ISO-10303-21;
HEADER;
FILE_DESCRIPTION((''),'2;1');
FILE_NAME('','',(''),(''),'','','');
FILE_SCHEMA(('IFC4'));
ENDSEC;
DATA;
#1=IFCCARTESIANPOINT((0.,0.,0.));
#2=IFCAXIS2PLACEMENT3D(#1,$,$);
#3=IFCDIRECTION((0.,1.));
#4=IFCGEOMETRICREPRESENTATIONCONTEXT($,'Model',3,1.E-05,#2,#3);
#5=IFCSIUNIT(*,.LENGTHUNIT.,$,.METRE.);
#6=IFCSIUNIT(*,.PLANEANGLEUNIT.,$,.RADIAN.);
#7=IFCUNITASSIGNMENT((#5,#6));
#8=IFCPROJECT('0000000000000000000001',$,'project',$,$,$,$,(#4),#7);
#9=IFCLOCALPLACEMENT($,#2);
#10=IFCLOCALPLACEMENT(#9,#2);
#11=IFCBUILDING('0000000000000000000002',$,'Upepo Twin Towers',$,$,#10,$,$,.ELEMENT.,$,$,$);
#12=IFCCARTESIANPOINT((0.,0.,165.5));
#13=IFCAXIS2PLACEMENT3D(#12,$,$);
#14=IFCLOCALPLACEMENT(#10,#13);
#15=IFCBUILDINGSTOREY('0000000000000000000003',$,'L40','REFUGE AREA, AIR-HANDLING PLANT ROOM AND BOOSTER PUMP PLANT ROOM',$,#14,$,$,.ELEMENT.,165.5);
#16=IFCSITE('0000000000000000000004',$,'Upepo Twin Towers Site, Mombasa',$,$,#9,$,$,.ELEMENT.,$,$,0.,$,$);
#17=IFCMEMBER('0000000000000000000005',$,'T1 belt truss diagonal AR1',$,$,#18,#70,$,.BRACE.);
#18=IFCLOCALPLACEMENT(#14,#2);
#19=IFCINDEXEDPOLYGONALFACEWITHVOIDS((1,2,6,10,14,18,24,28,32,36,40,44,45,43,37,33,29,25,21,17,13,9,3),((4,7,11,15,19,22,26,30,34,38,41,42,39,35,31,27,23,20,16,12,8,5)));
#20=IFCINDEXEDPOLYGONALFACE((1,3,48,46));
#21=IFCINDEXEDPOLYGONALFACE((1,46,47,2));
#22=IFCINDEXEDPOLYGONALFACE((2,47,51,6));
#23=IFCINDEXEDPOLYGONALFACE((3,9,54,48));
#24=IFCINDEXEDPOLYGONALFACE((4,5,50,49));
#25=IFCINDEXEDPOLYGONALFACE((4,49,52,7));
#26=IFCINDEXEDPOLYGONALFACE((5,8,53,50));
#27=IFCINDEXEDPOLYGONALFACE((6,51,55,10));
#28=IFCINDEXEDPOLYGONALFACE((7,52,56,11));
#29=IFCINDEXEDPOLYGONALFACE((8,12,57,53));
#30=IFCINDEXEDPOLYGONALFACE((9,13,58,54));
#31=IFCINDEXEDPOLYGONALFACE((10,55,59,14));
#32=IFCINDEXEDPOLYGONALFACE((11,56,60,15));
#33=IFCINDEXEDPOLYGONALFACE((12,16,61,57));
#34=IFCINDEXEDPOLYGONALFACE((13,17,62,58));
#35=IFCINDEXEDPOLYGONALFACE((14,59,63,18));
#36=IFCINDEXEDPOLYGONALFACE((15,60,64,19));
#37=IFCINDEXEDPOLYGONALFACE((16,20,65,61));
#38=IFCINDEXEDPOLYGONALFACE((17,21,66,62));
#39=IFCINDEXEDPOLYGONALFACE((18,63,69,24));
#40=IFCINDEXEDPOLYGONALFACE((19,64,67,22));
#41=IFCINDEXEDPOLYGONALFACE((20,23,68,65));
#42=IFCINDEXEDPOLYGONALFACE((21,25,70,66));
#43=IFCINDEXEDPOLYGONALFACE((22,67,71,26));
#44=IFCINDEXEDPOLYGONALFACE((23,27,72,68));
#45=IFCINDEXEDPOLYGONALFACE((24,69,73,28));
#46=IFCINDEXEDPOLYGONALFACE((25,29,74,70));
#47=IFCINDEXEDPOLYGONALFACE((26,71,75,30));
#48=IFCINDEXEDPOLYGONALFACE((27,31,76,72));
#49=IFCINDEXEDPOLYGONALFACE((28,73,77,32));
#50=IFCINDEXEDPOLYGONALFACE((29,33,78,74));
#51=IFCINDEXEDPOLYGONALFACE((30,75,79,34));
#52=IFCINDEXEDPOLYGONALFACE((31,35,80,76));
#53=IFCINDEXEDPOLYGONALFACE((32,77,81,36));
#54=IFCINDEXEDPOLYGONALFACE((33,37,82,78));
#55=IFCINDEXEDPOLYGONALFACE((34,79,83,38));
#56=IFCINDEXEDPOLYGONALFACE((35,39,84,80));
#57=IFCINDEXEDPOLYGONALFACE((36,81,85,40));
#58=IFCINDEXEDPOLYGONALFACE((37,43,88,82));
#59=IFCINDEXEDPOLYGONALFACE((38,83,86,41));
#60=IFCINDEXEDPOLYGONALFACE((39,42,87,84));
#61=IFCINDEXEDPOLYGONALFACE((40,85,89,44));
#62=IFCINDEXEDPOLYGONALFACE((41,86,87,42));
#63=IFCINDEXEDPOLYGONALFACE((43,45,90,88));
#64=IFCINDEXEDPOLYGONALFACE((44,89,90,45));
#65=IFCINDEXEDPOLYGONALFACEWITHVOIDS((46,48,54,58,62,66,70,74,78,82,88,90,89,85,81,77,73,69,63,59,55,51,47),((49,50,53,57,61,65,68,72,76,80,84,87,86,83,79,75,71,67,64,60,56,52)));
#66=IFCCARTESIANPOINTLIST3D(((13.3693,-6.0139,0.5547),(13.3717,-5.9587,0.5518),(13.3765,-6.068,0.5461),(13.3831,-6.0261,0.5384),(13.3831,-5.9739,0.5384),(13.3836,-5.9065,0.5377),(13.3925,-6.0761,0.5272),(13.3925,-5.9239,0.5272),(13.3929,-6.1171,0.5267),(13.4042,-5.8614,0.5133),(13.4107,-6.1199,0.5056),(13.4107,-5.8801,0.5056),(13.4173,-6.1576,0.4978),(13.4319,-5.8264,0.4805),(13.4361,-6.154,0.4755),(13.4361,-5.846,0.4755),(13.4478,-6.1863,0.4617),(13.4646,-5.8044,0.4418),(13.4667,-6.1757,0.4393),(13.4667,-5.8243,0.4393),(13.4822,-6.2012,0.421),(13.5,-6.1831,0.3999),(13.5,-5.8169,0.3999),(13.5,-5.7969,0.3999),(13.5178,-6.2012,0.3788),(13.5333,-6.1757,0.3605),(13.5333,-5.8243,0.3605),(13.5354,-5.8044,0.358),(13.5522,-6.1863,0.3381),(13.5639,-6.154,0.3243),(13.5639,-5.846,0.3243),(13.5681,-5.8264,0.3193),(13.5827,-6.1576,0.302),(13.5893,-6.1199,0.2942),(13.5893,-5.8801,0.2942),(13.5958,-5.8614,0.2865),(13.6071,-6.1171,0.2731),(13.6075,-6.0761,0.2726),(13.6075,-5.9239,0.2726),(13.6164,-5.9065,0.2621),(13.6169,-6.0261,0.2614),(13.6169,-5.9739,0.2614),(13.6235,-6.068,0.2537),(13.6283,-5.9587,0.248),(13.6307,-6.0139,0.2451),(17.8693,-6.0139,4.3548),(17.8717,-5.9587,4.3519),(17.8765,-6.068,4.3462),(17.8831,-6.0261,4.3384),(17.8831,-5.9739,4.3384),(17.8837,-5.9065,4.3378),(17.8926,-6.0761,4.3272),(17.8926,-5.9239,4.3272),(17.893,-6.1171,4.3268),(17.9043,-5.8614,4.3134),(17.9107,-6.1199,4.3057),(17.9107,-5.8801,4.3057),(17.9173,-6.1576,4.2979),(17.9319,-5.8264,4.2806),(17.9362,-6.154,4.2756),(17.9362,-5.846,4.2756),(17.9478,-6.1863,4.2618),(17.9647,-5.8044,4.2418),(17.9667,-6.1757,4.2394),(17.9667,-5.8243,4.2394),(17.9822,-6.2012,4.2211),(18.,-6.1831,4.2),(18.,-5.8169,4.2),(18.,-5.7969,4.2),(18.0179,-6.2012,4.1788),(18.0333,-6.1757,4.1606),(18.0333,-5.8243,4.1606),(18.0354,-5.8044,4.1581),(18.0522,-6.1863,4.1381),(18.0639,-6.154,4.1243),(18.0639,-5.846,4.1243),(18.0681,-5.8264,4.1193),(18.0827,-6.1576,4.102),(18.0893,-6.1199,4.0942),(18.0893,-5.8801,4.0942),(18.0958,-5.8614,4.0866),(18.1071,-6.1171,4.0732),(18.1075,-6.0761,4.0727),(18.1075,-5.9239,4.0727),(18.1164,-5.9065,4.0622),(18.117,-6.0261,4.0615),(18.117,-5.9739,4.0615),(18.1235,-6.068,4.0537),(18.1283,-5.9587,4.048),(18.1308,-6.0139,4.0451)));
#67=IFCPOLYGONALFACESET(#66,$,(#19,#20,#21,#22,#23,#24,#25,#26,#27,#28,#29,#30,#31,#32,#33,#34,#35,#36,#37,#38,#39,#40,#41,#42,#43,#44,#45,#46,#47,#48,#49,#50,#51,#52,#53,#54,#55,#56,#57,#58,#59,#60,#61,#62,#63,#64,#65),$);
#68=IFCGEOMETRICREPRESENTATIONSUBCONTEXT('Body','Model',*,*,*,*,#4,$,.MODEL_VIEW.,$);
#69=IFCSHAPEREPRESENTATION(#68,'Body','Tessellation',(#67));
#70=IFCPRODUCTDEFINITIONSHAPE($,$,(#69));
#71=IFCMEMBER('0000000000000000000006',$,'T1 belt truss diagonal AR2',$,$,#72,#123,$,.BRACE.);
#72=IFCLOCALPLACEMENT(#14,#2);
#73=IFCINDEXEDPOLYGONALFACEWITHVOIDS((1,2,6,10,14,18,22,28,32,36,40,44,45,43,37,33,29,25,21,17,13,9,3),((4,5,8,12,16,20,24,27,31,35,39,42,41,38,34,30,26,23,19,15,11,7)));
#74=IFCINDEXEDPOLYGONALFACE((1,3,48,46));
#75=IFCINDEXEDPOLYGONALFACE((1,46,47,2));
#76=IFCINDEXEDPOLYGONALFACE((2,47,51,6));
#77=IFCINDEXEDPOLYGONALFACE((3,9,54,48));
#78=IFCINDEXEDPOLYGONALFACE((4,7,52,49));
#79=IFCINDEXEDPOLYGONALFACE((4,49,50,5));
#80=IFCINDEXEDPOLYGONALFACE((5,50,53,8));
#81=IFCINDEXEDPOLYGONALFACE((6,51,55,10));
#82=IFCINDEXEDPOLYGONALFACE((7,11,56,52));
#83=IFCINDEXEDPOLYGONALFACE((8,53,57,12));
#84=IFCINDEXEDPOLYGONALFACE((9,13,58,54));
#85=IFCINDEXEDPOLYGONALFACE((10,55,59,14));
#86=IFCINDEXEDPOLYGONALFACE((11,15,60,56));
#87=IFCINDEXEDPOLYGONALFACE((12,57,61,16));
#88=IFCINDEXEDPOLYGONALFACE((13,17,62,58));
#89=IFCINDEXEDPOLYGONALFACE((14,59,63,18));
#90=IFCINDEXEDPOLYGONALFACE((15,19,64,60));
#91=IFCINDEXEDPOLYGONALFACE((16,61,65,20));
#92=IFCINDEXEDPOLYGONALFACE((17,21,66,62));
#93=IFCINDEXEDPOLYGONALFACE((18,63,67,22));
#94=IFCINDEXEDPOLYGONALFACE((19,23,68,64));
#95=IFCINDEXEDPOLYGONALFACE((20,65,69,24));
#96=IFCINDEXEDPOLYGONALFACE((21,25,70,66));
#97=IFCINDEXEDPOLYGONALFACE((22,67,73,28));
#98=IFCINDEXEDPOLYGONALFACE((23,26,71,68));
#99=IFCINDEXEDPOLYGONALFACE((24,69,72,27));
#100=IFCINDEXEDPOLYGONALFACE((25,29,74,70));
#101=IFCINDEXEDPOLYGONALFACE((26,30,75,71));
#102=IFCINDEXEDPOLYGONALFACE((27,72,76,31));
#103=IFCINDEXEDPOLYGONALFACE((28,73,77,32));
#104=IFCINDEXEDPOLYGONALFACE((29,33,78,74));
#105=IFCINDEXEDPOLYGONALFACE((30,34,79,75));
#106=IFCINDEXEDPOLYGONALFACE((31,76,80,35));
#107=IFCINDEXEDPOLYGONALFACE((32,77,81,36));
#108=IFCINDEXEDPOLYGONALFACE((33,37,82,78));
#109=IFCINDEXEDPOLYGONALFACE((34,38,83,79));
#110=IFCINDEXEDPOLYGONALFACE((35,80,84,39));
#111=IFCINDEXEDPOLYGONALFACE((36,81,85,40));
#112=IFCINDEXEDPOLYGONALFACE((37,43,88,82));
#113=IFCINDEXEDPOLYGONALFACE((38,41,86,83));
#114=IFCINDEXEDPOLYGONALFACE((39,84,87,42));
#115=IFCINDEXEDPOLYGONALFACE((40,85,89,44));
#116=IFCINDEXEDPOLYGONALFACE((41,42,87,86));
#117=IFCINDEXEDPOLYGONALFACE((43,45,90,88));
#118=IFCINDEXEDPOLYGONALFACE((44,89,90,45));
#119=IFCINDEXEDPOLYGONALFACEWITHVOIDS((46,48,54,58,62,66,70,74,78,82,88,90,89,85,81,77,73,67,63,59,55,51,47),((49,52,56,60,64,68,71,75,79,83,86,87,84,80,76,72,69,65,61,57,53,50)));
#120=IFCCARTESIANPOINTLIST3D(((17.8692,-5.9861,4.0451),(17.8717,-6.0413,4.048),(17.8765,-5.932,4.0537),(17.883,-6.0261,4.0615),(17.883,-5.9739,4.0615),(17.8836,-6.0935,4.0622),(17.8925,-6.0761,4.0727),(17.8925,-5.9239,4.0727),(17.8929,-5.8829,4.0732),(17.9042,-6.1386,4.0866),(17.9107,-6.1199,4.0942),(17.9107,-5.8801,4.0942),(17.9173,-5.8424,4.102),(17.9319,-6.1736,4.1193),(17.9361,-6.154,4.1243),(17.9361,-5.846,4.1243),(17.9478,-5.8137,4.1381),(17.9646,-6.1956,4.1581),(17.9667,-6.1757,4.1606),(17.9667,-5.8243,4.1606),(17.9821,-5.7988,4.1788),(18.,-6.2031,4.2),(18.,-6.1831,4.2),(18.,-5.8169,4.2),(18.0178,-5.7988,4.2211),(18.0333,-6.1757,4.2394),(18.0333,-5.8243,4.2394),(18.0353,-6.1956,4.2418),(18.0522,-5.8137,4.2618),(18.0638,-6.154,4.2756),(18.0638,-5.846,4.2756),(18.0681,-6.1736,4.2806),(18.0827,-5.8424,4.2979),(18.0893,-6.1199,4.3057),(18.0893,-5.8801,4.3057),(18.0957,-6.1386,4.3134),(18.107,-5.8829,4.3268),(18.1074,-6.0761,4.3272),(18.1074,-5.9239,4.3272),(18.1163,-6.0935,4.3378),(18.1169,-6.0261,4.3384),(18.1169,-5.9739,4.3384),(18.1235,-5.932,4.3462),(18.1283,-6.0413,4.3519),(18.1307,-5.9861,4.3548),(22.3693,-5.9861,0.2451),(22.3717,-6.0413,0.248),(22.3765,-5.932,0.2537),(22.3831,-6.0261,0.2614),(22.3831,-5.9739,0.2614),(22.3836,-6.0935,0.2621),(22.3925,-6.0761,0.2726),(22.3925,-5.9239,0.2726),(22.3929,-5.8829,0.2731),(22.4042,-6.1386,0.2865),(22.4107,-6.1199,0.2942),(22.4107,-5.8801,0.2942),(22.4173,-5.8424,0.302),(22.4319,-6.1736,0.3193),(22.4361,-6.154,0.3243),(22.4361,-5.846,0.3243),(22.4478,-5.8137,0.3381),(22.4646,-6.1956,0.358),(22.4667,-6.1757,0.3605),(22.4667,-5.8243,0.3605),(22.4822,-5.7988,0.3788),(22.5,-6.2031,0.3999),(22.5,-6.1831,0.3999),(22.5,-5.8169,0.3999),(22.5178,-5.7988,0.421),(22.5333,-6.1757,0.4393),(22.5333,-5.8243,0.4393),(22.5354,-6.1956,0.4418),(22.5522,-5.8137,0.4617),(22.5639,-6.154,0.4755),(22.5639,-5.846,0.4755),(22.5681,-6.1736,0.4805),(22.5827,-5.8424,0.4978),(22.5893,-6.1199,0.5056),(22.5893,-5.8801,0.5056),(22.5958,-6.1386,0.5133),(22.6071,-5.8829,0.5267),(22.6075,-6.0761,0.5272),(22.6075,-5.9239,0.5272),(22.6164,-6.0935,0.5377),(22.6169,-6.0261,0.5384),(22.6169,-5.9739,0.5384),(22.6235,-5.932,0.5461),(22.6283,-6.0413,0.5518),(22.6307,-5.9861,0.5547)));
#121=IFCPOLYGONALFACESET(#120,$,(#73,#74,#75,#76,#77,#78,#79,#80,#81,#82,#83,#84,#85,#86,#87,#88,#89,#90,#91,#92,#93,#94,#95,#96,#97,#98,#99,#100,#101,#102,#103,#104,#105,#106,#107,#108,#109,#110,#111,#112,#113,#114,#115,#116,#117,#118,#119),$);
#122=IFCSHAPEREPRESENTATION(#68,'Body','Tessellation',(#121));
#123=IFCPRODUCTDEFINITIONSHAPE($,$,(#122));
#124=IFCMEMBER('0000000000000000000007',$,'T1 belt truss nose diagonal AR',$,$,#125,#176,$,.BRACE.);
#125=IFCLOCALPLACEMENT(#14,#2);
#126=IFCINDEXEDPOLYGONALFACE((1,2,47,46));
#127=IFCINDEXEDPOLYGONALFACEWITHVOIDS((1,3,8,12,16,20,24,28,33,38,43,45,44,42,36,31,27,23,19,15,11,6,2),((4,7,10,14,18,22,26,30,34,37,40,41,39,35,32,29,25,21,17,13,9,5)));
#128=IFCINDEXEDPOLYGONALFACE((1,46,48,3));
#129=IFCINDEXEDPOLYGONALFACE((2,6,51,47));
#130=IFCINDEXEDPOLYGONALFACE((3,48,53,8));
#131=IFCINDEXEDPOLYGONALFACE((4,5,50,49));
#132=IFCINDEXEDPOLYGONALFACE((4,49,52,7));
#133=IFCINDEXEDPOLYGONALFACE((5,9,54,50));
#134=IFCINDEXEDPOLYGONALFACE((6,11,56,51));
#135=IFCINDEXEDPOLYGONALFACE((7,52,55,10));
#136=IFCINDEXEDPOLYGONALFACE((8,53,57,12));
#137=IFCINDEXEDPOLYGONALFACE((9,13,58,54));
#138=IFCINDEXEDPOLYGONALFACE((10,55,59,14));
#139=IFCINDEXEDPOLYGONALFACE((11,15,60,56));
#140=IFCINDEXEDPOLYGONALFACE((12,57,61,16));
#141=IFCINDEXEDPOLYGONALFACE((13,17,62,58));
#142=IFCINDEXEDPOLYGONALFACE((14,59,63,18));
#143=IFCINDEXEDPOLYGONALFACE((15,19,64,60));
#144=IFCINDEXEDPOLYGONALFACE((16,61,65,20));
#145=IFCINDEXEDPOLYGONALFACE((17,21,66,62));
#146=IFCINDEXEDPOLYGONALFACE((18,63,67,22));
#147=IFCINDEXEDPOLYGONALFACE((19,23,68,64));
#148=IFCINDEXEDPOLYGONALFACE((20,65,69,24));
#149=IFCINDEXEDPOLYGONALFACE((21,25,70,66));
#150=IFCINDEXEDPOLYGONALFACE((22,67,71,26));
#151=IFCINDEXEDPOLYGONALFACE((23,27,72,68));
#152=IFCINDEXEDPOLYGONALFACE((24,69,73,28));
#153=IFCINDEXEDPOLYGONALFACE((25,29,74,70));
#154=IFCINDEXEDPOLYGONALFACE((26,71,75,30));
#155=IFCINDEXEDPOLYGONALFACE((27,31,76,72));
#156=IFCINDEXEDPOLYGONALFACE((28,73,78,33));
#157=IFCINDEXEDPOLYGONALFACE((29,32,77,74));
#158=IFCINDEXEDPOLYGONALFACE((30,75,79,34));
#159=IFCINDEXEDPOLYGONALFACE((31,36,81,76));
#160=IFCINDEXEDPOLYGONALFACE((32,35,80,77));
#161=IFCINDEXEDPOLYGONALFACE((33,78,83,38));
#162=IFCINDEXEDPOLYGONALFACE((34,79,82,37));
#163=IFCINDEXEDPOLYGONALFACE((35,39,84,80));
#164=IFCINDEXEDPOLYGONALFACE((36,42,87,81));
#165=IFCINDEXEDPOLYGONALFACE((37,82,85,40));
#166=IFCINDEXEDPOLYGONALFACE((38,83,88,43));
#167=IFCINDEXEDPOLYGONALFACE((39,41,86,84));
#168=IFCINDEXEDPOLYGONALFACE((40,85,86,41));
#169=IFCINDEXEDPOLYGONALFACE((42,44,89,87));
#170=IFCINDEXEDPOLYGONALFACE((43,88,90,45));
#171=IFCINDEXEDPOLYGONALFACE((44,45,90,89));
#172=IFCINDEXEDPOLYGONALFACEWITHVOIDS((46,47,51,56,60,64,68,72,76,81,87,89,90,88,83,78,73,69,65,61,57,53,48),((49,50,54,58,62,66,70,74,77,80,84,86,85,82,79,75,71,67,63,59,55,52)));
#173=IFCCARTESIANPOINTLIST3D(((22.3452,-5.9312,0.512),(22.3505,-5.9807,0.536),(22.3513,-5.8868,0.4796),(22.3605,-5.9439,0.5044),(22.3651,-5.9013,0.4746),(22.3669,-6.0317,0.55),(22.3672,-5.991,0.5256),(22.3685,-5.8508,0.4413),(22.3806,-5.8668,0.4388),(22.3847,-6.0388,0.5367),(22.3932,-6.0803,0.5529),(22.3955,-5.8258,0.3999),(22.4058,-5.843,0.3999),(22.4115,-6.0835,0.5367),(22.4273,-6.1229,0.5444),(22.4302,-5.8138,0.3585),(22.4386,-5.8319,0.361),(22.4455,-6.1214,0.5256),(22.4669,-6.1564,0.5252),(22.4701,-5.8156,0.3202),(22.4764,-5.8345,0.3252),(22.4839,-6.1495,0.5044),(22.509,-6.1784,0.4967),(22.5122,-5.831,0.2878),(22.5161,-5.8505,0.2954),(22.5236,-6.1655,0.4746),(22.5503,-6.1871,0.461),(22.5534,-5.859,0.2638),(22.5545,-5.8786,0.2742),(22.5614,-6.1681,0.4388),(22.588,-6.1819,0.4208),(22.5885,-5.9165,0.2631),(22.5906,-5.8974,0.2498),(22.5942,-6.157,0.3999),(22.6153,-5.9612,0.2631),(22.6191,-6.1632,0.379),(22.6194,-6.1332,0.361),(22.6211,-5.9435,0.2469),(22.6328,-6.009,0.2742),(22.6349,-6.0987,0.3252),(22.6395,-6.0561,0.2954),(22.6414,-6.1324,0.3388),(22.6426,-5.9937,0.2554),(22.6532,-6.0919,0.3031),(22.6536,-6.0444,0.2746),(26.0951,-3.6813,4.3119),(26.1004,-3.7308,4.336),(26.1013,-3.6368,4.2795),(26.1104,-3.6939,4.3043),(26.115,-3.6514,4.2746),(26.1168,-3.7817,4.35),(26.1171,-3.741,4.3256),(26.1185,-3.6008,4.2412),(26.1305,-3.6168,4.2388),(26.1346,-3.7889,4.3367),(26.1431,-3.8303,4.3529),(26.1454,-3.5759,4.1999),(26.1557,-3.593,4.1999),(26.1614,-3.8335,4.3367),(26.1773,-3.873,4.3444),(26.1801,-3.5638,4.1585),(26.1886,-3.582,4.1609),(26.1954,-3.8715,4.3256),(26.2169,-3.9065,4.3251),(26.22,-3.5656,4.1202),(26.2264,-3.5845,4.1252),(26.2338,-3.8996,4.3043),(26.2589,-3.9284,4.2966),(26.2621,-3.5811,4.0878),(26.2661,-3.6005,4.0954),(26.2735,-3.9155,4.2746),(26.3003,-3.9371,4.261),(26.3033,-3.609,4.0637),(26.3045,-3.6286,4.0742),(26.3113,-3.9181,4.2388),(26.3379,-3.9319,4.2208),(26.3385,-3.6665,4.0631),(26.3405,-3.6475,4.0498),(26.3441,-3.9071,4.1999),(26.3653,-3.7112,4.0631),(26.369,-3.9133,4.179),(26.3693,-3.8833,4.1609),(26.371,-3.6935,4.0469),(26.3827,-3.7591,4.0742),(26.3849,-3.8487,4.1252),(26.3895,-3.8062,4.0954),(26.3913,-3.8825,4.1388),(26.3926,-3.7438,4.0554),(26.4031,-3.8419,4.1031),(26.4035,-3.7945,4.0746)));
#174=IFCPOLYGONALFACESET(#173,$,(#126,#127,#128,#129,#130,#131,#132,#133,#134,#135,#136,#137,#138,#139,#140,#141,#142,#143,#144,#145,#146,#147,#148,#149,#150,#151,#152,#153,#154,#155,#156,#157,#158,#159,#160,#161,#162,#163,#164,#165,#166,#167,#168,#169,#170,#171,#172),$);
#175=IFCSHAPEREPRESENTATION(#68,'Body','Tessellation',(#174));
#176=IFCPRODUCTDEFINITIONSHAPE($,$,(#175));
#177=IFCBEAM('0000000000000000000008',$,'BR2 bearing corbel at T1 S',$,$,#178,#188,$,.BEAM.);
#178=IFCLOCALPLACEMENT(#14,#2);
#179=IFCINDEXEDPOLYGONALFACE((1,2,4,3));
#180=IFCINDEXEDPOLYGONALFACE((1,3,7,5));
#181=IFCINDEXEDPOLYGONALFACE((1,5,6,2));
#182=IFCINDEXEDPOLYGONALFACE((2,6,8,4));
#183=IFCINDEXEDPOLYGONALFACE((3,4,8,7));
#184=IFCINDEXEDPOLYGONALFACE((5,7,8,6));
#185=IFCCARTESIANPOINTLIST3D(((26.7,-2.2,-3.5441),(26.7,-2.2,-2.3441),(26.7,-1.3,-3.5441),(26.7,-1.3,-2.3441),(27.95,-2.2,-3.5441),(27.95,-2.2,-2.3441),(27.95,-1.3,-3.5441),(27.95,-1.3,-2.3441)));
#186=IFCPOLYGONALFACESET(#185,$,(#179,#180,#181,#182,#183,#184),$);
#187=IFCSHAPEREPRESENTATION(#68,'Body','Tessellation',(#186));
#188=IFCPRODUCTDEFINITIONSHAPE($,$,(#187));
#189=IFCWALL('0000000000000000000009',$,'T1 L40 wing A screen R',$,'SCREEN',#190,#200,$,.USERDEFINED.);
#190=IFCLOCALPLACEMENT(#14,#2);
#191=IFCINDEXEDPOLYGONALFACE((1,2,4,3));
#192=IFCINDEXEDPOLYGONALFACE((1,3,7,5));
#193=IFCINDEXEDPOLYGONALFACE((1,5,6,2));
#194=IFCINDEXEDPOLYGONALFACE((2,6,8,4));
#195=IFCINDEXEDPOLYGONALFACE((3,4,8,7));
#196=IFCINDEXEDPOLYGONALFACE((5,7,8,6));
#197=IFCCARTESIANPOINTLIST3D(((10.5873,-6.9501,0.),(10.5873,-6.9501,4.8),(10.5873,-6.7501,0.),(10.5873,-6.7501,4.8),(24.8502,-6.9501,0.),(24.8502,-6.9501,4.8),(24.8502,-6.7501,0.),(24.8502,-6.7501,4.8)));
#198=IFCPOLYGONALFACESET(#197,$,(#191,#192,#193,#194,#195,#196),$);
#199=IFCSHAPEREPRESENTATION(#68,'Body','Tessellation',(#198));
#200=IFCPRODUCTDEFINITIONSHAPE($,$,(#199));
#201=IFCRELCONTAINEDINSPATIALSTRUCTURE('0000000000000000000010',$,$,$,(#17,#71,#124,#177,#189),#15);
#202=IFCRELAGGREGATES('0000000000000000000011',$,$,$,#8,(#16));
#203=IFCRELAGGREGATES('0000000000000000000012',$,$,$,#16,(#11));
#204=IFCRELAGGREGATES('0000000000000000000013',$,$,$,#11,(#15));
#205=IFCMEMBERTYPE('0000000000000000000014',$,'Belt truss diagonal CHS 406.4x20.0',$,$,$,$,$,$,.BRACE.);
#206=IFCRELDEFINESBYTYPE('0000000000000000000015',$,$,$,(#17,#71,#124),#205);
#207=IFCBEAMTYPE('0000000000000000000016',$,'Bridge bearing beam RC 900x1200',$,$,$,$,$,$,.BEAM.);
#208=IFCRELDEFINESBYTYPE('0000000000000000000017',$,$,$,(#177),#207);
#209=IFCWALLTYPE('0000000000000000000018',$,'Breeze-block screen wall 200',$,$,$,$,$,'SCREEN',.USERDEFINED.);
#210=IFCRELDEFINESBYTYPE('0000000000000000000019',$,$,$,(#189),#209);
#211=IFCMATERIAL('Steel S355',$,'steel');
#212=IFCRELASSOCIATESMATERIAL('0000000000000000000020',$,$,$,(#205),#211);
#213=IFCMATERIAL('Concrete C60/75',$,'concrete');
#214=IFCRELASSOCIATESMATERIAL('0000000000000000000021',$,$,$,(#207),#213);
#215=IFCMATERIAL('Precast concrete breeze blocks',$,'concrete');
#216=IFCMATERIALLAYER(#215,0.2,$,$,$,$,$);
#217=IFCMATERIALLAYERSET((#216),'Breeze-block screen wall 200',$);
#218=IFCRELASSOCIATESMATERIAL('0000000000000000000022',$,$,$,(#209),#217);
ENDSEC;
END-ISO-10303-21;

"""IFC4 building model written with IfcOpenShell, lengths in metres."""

from ifc_helpers import new_model, si_unit, direction, frame, frame_2d, origin, origin_2d, place, context, subcontext, project, spatial, rectangle, hollow_circle, extrude, material, layer, layer_set, material_profile, profile_set, type_object, element, save


model = new_model("IFC4")

# Units and contexts
model_context = context("Model", 3, precision=1e-05, world=origin(), true_north=direction((0.0, 1.0)))
body_context = subcontext(model_context, "Body", "Model", "MODEL_VIEW")
ifc_project = project(units=[si_unit("LENGTHUNIT", "METRE"), si_unit("PLANEANGLEUNIT", "RADIAN")], contexts=[model_context])

# Site, building, storey
site_placement = place(None, origin())
site = spatial("IfcSite", under=ifc_project, at=site_placement, Name="Upepo Twin Towers Site, Mombasa", CompositionType="ELEMENT", RefElevation=0.0)
building_placement = place(site_placement, origin())
building = spatial("IfcBuilding", under=site, at=building_placement, Name="Upepo Twin Towers", CompositionType="ELEMENT")
storey_placement = place(building_placement, frame((0.0, 0.0, 165.5)))
storey = spatial("IfcBuildingStorey", under=building, at=storey_placement, Name="L40", Description="REFUGE AREA, AIR-HANDLING PLANT ROOM AND BOOSTER PUMP PLANT ROOM", CompositionType="ELEMENT", Elevation=165.5)

# Members
ifc_material_1 = material(Name="Steel S355", Category="steel")
ifc_material_profile_1 = material_profile(ifc_material_1, hollow_circle(Radius=0.2031, WallThickness=0.02, at=origin_2d()), Name="CHS 406.4x20.0")
ifc_profile_set_1 = profile_set([ifc_material_profile_1], Name="Steel S355")
member_type = type_object("IfcMemberType", Name="Belt truss diagonal CHS 406.4x20.0", PredefinedType="BRACE", material=ifc_profile_set_1)
for number, where, z_axis, x_axis, name in (
    (1, (13.5, -6.0, 0.3999), (0.764026, 0.0, 0.645186), (0.0, 1.0, 0.0), "T1 belt truss diagonal AR1"),
    (2, (22.5, -6.0, 0.3999), (-0.764026, 0.0, 0.645186), (0.0, -1.0, 0.0), "T1 belt truss diagonal AR2"),
):
    element("IfcMember", number, at=place(storey_placement, frame(where, z_axis=z_axis, x_axis=x_axis)), inside=storey, type_object=member_type, Name=name, PredefinedType="BRACE", context=body_context, shape_type="SweptSolid", body=[
        extrude(hollow_circle(Radius=0.2031, WallThickness=0.02, at=origin_2d()), origin(), (0.0, 0.0, 1.0), 5.8899),
    ])
member_placement = place(storey_placement, frame((22.5, -6.0, 0.3999), z_axis=(0.64727, 0.388362, 0.655909), x_axis=(-0.514496, 0.857493, 0.0)))
element("IfcMember", 3, at=member_placement, inside=storey, type_object=member_type, Name="T1 belt truss nose diagonal AR", PredefinedType="BRACE", context=body_context, shape_type="SweptSolid", body=[
    extrude(hollow_circle(Radius=0.2031, WallThickness=0.02, at=origin_2d()), origin(), (0.0, 0.0, 1.0), 5.7935),
])

# Beam
ifc_material_2 = material(Name="Concrete C60/75", Category="concrete")
ifc_material_profile_2 = material_profile(ifc_material_2, rectangle(XDim=0.8999, YDim=1.2, at=origin_2d()), Name="RC 900x1200")
ifc_profile_set_2 = profile_set([ifc_material_profile_2], Name="Concrete C60/75")
beam_type_1 = type_object("IfcBeamType", Name="Bridge bearing beam RC 900x1200", PredefinedType="BEAM", material=ifc_profile_set_2)
beam_1_placement = place(storey_placement, frame((26.7, -1.75, -2.9441), z_axis=(1.0, 0.0, 0.0), x_axis=(0.0, 1.0, 0.0)))
element("IfcBeam", 4, at=beam_1_placement, inside=storey, type_object=beam_type_1, Name="BR2 bearing corbel at T1 S", PredefinedType="BEAM", context=body_context, shape_type="SweptSolid", body=[
    extrude(rectangle(XDim=0.8999, YDim=1.2, at=origin_2d()), origin(), (0.0, 0.0, 1.0), 1.25),
])

# Wall
ifc_material_3 = material(Name="Precast concrete breeze blocks", Category="concrete")
ifc_layer_1 = layer(ifc_material_3, 0.2)
ifc_layer_set_1 = layer_set([ifc_layer_1], Name="Breeze-block screen wall 200")
wall_type_1 = type_object("IfcWallType", Name="Breeze-block screen wall 200", ElementType="SCREEN", PredefinedType="USERDEFINED", material=ifc_layer_set_1)
wall_1_placement = place(storey_placement, frame((24.8501, -6.8501, 0.0), z_axis=(0.0, 0.0, 1.0), x_axis=(-1.0, 0.0, 0.0)))
element("IfcWall", 5, at=wall_1_placement, inside=storey, type_object=wall_type_1, Name="T1 L40 wing A screen R", ObjectType="SCREEN", PredefinedType="USERDEFINED", context=body_context, shape_type="SweptSolid", body=[
    extrude(rectangle(XDim=14.2629, YDim=0.2, at=frame_2d((7.1313, 0.0))), origin(), (0.0, 0.0, 1.0), 4.8),
])

save(model, "model.ifc")
